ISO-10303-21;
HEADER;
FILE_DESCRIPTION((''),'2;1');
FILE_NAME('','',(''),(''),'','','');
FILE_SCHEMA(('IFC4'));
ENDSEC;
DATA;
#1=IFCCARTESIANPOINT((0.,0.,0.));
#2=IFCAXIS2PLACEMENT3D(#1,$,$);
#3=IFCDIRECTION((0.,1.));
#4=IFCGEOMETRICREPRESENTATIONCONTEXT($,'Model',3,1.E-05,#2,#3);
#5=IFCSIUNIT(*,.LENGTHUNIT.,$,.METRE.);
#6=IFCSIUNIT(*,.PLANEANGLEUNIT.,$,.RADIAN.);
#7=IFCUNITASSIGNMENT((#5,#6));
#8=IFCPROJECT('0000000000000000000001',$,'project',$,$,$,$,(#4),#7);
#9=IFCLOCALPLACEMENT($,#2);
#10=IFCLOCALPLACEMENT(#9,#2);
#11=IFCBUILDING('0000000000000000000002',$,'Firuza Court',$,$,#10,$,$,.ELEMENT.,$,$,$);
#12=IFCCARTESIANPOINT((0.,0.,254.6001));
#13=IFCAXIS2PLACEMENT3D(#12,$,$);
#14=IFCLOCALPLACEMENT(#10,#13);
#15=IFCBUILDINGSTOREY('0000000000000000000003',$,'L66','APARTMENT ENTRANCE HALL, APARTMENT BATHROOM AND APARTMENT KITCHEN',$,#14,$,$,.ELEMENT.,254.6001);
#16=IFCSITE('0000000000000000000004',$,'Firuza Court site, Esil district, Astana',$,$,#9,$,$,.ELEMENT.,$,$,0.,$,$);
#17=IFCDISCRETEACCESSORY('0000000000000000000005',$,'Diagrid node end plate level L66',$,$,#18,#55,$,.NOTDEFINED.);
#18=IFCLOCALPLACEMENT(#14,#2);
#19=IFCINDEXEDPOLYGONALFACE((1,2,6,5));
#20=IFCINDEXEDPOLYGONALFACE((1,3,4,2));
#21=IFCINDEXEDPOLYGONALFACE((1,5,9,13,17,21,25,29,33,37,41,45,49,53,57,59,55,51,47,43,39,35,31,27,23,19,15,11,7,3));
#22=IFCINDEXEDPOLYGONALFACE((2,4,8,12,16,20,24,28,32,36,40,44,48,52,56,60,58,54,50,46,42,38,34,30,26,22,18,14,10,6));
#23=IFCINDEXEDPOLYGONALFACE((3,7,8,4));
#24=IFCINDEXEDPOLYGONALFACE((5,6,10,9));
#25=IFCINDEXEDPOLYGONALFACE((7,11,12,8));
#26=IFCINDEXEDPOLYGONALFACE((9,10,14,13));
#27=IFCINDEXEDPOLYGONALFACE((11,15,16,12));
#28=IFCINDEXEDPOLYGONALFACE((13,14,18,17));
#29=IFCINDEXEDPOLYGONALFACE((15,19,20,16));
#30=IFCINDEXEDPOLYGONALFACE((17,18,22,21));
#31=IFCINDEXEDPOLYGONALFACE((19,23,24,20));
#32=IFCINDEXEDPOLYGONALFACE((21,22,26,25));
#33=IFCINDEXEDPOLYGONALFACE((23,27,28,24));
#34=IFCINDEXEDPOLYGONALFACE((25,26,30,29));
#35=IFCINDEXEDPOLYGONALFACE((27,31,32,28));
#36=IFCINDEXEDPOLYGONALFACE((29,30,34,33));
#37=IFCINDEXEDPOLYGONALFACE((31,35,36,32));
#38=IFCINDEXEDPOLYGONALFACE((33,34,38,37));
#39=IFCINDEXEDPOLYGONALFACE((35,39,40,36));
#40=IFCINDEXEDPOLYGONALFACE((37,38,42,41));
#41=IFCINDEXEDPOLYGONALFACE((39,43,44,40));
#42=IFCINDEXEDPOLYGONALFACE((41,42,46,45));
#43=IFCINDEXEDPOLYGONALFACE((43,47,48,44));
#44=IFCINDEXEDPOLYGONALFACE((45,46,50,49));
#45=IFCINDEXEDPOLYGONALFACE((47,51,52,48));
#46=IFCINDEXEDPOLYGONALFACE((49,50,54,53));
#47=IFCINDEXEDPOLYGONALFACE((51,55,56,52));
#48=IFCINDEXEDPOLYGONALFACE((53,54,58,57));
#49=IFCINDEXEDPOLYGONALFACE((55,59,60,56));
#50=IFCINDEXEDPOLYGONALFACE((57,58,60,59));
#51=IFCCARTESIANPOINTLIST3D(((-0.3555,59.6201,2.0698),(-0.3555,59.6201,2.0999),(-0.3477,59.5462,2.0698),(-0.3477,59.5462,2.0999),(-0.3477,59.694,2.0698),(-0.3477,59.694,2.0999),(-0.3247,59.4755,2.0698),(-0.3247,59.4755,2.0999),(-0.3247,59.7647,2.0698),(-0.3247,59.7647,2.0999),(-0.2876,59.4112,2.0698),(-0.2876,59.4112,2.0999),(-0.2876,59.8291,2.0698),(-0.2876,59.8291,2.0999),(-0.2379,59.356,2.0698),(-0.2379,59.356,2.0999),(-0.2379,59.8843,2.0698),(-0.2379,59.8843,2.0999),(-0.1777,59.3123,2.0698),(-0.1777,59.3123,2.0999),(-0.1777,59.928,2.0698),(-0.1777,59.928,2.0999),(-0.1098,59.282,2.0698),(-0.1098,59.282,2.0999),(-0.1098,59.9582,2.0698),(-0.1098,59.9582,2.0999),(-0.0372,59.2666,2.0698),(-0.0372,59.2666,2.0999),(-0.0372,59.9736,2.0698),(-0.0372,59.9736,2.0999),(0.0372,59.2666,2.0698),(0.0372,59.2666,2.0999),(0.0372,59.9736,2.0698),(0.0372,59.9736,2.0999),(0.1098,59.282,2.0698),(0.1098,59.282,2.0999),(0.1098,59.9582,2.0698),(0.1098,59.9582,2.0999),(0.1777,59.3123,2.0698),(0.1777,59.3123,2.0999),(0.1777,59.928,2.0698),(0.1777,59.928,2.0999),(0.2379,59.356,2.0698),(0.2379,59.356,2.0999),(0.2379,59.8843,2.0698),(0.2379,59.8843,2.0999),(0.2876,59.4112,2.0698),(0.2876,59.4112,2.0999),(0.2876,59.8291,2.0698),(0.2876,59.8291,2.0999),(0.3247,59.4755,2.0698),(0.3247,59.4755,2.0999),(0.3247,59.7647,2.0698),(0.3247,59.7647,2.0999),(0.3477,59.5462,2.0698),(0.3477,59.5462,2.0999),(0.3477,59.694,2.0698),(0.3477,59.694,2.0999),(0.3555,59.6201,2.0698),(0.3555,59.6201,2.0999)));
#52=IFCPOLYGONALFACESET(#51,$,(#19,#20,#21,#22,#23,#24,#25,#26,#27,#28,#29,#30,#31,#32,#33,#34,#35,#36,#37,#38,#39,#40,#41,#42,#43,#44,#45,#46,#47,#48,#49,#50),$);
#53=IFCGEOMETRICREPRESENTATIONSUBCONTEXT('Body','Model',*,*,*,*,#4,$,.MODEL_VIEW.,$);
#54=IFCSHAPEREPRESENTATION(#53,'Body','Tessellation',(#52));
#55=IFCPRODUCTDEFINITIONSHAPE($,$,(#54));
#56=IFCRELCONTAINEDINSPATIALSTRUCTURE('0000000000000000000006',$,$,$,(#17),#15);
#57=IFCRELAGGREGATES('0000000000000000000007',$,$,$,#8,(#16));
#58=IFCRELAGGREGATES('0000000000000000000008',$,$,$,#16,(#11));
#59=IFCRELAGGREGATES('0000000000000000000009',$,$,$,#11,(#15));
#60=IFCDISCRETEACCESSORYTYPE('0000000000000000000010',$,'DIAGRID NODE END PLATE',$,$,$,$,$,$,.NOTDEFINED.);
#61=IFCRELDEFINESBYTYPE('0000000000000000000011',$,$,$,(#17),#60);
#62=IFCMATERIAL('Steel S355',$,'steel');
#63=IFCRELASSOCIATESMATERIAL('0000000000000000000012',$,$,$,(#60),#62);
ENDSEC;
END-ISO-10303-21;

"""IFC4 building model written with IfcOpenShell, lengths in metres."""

from ifc_helpers import new_model, si_unit, direction, frame, origin, origin_2d, place, context, subcontext, project, spatial, circle, extrude, material, material_profile, profile_set, type_object, element, save


model = new_model("IFC4")

# Units and contexts
model_context = context("Model", 3, precision=1e-05, world=origin(), true_north=direction((0.0, 1.0)))
body_context = subcontext(model_context, "Body", "Model", "MODEL_VIEW")
ifc_project = project(units=[si_unit("LENGTHUNIT", "METRE"), si_unit("PLANEANGLEUNIT", "RADIAN")], contexts=[model_context])

# Site, building, storey
site_placement = place(None, origin())
site = spatial("IfcSite", under=ifc_project, at=site_placement, Name="Firuza Court site, Esil district, Astana", CompositionType="ELEMENT", RefElevation=0.0)
building_placement = place(site_placement, origin())
building = spatial("IfcBuilding", under=site, at=building_placement, Name="Firuza Court", CompositionType="ELEMENT")
storey_placement = place(building_placement, frame((0.0, 0.0, 254.6001)))
storey = spatial("IfcBuildingStorey", under=building, at=storey_placement, Name="L66", Description="APARTMENT ENTRANCE HALL, APARTMENT BATHROOM AND APARTMENT KITCHEN", CompositionType="ELEMENT", Elevation=254.6001)

# Discrete accessory
ifc_material_1 = material(Name="Steel S355", Category="steel")
ifc_material_profile_1 = material_profile(ifc_material_1, circle(Radius=0.3555, at=origin_2d()), Name="PL D711")
ifc_profile_set_1 = profile_set([ifc_material_profile_1], Name="Steel S355")
discrete_accessory_type = type_object("IfcDiscreteAccessoryType", Name="DIAGRID NODE END PLATE", PredefinedType="NOTDEFINED", material=ifc_profile_set_1)
for number, where, z_axis, x_axis, name in (
    (1, (0.0, 59.6201, 2.0698), (0.0, 0.0, 1.0), (1.0, 0.0, 0.0), "Diagrid node end plate level L66"),
):
    element("IfcDiscreteAccessory", number, at=place(storey_placement, frame(where, z_axis=z_axis, x_axis=x_axis)), inside=storey, type_object=discrete_accessory_type, Name=name, PredefinedType="NOTDEFINED", context=body_context, shape_type="SweptSolid", body=[
        extrude(circle(Radius=0.3555, at=origin_2d()), origin(), (0.0, 0.0, 1.0), 0.03),
    ])

save(model, "model.ifc")
